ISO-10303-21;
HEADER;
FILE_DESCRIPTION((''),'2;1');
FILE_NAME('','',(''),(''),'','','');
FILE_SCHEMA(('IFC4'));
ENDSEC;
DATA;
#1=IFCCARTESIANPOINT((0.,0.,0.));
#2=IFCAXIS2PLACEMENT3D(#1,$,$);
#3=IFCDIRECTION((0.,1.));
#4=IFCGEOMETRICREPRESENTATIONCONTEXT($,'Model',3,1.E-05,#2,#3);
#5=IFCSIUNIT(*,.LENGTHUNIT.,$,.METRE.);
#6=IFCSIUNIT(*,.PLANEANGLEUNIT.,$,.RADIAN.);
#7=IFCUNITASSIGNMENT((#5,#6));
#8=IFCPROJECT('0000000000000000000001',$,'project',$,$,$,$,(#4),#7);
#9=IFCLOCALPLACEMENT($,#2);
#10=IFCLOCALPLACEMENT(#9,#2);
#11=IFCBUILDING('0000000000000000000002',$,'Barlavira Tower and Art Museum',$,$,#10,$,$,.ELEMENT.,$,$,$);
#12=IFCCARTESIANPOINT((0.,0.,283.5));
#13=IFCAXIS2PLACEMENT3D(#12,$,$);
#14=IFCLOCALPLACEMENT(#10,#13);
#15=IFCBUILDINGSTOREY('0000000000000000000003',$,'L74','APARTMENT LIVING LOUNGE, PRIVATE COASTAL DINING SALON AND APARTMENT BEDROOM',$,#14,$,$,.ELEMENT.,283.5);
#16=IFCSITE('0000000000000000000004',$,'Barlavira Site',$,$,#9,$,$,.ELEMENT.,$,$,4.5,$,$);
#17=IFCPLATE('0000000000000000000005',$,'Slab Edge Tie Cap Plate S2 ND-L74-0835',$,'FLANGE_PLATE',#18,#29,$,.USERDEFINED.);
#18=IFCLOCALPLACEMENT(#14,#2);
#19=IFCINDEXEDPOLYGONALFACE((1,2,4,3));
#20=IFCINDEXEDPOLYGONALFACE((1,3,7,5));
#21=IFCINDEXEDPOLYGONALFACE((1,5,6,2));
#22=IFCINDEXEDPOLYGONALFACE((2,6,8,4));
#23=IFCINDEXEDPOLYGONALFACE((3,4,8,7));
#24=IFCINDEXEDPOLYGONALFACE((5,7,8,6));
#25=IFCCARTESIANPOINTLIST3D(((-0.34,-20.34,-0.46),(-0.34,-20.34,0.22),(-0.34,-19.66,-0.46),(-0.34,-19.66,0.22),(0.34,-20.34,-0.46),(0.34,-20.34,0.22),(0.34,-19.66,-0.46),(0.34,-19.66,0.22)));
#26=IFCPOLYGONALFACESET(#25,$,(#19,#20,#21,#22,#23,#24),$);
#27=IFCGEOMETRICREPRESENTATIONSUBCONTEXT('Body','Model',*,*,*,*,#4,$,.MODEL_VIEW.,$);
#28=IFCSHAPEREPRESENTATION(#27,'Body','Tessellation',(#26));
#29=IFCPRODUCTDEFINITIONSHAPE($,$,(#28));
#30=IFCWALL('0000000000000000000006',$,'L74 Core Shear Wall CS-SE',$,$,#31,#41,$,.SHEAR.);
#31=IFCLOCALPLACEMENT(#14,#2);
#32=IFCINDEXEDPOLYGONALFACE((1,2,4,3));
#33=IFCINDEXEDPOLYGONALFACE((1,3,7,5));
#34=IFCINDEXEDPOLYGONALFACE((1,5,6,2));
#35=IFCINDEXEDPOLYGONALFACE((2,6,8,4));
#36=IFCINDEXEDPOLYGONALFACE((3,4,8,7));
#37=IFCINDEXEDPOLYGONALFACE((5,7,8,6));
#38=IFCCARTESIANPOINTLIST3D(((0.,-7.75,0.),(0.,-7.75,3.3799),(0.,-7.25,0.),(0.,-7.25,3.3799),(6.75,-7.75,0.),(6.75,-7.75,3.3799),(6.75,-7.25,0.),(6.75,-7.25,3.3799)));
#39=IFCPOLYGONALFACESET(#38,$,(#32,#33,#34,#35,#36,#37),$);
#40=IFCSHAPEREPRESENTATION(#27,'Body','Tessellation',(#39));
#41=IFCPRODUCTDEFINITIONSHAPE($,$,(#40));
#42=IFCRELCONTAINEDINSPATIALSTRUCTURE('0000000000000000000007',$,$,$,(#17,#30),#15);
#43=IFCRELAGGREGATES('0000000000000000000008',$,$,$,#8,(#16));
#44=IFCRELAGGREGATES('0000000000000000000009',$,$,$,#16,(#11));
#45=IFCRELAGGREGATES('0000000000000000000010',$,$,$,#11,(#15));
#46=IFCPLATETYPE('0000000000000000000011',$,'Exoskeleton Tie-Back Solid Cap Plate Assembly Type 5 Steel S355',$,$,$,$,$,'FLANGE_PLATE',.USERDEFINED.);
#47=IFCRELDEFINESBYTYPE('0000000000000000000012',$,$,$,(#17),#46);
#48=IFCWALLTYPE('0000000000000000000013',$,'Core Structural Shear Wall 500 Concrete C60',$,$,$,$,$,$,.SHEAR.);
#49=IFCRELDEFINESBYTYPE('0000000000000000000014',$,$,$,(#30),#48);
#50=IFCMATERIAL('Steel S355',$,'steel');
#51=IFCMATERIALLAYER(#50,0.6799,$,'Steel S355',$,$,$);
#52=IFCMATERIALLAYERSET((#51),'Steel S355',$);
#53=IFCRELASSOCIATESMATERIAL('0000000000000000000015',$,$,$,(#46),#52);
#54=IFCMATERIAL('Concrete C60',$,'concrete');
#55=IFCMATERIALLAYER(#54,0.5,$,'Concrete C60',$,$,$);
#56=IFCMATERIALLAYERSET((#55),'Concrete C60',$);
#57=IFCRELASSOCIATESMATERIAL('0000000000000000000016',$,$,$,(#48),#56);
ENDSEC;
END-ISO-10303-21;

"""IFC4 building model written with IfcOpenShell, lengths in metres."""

from ifc_helpers import new_model, si_unit, direction, frame, frame_2d, origin, origin_2d, place, context, subcontext, project, spatial, rectangle, extrude, material, layer, layer_set, type_object, element, save


model = new_model("IFC4")

# Units and contexts
model_context = context("Model", 3, precision=1e-05, world=origin(), true_north=direction((0.0, 1.0)))
body_context = subcontext(model_context, "Body", "Model", "MODEL_VIEW")
ifc_project = project(units=[si_unit("LENGTHUNIT", "METRE"), si_unit("PLANEANGLEUNIT", "RADIAN")], contexts=[model_context])

# Site, building, storey
site_placement = place(None, origin())
site = spatial("IfcSite", under=ifc_project, at=site_placement, Name="Barlavira Site", CompositionType="ELEMENT", RefElevation=4.5)
building_placement = place(site_placement, origin())
building = spatial("IfcBuilding", under=site, at=building_placement, Name="Barlavira Tower and Art Museum", CompositionType="ELEMENT")
storey_placement = place(building_placement, frame((0.0, 0.0, 283.5)))
storey = spatial("IfcBuildingStorey", under=building, at=storey_placement, Name="L74", Description="APARTMENT LIVING LOUNGE, PRIVATE COASTAL DINING SALON AND APARTMENT BEDROOM", CompositionType="ELEMENT", Elevation=283.5)

# Shared definitions
ifc_material_1 = material(Name="Steel S355", Category="steel")

# Plate
ifc_layer_1 = layer(ifc_material_1, 0.6799, Name="Steel S355")
ifc_layer_set_1 = layer_set([ifc_layer_1], Name="Steel S355")
plate_type_1 = type_object("IfcPlateType", Name="Exoskeleton Tie-Back Solid Cap Plate Assembly Type 5 Steel S355", ElementType="FLANGE_PLATE", PredefinedType="USERDEFINED", material=ifc_layer_set_1)
plate_1_placement = place(storey_placement, frame((0.0, -20.0, -0.46), z_axis=(0.0, 0.0, 1.0), x_axis=(1.0, 0.0, 0.0)))
element("IfcPlate", 1, at=plate_1_placement, inside=storey, type_object=plate_type_1, Name="Slab Edge Tie Cap Plate S2 ND-L74-0835", ObjectType="FLANGE_PLATE", PredefinedType="USERDEFINED", context=body_context, shape_type="SweptSolid", body=[
    extrude(rectangle(XDim=0.6799, YDim=0.6799, at=origin_2d()), origin(), (0.0, 0.0, 1.0), 0.6799),
])

# Wall
ifc_material_2 = material(Name="Concrete C60", Category="concrete")
ifc_layer_2 = layer(ifc_material_2, 0.5, Name="Concrete C60")
ifc_layer_set_2 = layer_set([ifc_layer_2], Name="Concrete C60")
wall_type = type_object("IfcWallType", Name="Core Structural Shear Wall 500 Concrete C60", PredefinedType="SHEAR", material=ifc_layer_set_2)
wall_placement = place(storey_placement, frame((0.0, -7.5, 0.0), z_axis=(0.0, 0.0, 1.0), x_axis=(1.0, 0.0, 0.0)))
element("IfcWall", 2, at=wall_placement, inside=storey, type_object=wall_type, Name="L74 Core Shear Wall CS-SE", PredefinedType="SHEAR", context=body_context, shape_type="SweptSolid", body=[
    extrude(rectangle(XDim=6.75, YDim=0.5, at=frame_2d((3.375, 0.0))), origin(), (0.0, 0.0, 1.0), 3.3799),
])

save(model, "model.ifc")
